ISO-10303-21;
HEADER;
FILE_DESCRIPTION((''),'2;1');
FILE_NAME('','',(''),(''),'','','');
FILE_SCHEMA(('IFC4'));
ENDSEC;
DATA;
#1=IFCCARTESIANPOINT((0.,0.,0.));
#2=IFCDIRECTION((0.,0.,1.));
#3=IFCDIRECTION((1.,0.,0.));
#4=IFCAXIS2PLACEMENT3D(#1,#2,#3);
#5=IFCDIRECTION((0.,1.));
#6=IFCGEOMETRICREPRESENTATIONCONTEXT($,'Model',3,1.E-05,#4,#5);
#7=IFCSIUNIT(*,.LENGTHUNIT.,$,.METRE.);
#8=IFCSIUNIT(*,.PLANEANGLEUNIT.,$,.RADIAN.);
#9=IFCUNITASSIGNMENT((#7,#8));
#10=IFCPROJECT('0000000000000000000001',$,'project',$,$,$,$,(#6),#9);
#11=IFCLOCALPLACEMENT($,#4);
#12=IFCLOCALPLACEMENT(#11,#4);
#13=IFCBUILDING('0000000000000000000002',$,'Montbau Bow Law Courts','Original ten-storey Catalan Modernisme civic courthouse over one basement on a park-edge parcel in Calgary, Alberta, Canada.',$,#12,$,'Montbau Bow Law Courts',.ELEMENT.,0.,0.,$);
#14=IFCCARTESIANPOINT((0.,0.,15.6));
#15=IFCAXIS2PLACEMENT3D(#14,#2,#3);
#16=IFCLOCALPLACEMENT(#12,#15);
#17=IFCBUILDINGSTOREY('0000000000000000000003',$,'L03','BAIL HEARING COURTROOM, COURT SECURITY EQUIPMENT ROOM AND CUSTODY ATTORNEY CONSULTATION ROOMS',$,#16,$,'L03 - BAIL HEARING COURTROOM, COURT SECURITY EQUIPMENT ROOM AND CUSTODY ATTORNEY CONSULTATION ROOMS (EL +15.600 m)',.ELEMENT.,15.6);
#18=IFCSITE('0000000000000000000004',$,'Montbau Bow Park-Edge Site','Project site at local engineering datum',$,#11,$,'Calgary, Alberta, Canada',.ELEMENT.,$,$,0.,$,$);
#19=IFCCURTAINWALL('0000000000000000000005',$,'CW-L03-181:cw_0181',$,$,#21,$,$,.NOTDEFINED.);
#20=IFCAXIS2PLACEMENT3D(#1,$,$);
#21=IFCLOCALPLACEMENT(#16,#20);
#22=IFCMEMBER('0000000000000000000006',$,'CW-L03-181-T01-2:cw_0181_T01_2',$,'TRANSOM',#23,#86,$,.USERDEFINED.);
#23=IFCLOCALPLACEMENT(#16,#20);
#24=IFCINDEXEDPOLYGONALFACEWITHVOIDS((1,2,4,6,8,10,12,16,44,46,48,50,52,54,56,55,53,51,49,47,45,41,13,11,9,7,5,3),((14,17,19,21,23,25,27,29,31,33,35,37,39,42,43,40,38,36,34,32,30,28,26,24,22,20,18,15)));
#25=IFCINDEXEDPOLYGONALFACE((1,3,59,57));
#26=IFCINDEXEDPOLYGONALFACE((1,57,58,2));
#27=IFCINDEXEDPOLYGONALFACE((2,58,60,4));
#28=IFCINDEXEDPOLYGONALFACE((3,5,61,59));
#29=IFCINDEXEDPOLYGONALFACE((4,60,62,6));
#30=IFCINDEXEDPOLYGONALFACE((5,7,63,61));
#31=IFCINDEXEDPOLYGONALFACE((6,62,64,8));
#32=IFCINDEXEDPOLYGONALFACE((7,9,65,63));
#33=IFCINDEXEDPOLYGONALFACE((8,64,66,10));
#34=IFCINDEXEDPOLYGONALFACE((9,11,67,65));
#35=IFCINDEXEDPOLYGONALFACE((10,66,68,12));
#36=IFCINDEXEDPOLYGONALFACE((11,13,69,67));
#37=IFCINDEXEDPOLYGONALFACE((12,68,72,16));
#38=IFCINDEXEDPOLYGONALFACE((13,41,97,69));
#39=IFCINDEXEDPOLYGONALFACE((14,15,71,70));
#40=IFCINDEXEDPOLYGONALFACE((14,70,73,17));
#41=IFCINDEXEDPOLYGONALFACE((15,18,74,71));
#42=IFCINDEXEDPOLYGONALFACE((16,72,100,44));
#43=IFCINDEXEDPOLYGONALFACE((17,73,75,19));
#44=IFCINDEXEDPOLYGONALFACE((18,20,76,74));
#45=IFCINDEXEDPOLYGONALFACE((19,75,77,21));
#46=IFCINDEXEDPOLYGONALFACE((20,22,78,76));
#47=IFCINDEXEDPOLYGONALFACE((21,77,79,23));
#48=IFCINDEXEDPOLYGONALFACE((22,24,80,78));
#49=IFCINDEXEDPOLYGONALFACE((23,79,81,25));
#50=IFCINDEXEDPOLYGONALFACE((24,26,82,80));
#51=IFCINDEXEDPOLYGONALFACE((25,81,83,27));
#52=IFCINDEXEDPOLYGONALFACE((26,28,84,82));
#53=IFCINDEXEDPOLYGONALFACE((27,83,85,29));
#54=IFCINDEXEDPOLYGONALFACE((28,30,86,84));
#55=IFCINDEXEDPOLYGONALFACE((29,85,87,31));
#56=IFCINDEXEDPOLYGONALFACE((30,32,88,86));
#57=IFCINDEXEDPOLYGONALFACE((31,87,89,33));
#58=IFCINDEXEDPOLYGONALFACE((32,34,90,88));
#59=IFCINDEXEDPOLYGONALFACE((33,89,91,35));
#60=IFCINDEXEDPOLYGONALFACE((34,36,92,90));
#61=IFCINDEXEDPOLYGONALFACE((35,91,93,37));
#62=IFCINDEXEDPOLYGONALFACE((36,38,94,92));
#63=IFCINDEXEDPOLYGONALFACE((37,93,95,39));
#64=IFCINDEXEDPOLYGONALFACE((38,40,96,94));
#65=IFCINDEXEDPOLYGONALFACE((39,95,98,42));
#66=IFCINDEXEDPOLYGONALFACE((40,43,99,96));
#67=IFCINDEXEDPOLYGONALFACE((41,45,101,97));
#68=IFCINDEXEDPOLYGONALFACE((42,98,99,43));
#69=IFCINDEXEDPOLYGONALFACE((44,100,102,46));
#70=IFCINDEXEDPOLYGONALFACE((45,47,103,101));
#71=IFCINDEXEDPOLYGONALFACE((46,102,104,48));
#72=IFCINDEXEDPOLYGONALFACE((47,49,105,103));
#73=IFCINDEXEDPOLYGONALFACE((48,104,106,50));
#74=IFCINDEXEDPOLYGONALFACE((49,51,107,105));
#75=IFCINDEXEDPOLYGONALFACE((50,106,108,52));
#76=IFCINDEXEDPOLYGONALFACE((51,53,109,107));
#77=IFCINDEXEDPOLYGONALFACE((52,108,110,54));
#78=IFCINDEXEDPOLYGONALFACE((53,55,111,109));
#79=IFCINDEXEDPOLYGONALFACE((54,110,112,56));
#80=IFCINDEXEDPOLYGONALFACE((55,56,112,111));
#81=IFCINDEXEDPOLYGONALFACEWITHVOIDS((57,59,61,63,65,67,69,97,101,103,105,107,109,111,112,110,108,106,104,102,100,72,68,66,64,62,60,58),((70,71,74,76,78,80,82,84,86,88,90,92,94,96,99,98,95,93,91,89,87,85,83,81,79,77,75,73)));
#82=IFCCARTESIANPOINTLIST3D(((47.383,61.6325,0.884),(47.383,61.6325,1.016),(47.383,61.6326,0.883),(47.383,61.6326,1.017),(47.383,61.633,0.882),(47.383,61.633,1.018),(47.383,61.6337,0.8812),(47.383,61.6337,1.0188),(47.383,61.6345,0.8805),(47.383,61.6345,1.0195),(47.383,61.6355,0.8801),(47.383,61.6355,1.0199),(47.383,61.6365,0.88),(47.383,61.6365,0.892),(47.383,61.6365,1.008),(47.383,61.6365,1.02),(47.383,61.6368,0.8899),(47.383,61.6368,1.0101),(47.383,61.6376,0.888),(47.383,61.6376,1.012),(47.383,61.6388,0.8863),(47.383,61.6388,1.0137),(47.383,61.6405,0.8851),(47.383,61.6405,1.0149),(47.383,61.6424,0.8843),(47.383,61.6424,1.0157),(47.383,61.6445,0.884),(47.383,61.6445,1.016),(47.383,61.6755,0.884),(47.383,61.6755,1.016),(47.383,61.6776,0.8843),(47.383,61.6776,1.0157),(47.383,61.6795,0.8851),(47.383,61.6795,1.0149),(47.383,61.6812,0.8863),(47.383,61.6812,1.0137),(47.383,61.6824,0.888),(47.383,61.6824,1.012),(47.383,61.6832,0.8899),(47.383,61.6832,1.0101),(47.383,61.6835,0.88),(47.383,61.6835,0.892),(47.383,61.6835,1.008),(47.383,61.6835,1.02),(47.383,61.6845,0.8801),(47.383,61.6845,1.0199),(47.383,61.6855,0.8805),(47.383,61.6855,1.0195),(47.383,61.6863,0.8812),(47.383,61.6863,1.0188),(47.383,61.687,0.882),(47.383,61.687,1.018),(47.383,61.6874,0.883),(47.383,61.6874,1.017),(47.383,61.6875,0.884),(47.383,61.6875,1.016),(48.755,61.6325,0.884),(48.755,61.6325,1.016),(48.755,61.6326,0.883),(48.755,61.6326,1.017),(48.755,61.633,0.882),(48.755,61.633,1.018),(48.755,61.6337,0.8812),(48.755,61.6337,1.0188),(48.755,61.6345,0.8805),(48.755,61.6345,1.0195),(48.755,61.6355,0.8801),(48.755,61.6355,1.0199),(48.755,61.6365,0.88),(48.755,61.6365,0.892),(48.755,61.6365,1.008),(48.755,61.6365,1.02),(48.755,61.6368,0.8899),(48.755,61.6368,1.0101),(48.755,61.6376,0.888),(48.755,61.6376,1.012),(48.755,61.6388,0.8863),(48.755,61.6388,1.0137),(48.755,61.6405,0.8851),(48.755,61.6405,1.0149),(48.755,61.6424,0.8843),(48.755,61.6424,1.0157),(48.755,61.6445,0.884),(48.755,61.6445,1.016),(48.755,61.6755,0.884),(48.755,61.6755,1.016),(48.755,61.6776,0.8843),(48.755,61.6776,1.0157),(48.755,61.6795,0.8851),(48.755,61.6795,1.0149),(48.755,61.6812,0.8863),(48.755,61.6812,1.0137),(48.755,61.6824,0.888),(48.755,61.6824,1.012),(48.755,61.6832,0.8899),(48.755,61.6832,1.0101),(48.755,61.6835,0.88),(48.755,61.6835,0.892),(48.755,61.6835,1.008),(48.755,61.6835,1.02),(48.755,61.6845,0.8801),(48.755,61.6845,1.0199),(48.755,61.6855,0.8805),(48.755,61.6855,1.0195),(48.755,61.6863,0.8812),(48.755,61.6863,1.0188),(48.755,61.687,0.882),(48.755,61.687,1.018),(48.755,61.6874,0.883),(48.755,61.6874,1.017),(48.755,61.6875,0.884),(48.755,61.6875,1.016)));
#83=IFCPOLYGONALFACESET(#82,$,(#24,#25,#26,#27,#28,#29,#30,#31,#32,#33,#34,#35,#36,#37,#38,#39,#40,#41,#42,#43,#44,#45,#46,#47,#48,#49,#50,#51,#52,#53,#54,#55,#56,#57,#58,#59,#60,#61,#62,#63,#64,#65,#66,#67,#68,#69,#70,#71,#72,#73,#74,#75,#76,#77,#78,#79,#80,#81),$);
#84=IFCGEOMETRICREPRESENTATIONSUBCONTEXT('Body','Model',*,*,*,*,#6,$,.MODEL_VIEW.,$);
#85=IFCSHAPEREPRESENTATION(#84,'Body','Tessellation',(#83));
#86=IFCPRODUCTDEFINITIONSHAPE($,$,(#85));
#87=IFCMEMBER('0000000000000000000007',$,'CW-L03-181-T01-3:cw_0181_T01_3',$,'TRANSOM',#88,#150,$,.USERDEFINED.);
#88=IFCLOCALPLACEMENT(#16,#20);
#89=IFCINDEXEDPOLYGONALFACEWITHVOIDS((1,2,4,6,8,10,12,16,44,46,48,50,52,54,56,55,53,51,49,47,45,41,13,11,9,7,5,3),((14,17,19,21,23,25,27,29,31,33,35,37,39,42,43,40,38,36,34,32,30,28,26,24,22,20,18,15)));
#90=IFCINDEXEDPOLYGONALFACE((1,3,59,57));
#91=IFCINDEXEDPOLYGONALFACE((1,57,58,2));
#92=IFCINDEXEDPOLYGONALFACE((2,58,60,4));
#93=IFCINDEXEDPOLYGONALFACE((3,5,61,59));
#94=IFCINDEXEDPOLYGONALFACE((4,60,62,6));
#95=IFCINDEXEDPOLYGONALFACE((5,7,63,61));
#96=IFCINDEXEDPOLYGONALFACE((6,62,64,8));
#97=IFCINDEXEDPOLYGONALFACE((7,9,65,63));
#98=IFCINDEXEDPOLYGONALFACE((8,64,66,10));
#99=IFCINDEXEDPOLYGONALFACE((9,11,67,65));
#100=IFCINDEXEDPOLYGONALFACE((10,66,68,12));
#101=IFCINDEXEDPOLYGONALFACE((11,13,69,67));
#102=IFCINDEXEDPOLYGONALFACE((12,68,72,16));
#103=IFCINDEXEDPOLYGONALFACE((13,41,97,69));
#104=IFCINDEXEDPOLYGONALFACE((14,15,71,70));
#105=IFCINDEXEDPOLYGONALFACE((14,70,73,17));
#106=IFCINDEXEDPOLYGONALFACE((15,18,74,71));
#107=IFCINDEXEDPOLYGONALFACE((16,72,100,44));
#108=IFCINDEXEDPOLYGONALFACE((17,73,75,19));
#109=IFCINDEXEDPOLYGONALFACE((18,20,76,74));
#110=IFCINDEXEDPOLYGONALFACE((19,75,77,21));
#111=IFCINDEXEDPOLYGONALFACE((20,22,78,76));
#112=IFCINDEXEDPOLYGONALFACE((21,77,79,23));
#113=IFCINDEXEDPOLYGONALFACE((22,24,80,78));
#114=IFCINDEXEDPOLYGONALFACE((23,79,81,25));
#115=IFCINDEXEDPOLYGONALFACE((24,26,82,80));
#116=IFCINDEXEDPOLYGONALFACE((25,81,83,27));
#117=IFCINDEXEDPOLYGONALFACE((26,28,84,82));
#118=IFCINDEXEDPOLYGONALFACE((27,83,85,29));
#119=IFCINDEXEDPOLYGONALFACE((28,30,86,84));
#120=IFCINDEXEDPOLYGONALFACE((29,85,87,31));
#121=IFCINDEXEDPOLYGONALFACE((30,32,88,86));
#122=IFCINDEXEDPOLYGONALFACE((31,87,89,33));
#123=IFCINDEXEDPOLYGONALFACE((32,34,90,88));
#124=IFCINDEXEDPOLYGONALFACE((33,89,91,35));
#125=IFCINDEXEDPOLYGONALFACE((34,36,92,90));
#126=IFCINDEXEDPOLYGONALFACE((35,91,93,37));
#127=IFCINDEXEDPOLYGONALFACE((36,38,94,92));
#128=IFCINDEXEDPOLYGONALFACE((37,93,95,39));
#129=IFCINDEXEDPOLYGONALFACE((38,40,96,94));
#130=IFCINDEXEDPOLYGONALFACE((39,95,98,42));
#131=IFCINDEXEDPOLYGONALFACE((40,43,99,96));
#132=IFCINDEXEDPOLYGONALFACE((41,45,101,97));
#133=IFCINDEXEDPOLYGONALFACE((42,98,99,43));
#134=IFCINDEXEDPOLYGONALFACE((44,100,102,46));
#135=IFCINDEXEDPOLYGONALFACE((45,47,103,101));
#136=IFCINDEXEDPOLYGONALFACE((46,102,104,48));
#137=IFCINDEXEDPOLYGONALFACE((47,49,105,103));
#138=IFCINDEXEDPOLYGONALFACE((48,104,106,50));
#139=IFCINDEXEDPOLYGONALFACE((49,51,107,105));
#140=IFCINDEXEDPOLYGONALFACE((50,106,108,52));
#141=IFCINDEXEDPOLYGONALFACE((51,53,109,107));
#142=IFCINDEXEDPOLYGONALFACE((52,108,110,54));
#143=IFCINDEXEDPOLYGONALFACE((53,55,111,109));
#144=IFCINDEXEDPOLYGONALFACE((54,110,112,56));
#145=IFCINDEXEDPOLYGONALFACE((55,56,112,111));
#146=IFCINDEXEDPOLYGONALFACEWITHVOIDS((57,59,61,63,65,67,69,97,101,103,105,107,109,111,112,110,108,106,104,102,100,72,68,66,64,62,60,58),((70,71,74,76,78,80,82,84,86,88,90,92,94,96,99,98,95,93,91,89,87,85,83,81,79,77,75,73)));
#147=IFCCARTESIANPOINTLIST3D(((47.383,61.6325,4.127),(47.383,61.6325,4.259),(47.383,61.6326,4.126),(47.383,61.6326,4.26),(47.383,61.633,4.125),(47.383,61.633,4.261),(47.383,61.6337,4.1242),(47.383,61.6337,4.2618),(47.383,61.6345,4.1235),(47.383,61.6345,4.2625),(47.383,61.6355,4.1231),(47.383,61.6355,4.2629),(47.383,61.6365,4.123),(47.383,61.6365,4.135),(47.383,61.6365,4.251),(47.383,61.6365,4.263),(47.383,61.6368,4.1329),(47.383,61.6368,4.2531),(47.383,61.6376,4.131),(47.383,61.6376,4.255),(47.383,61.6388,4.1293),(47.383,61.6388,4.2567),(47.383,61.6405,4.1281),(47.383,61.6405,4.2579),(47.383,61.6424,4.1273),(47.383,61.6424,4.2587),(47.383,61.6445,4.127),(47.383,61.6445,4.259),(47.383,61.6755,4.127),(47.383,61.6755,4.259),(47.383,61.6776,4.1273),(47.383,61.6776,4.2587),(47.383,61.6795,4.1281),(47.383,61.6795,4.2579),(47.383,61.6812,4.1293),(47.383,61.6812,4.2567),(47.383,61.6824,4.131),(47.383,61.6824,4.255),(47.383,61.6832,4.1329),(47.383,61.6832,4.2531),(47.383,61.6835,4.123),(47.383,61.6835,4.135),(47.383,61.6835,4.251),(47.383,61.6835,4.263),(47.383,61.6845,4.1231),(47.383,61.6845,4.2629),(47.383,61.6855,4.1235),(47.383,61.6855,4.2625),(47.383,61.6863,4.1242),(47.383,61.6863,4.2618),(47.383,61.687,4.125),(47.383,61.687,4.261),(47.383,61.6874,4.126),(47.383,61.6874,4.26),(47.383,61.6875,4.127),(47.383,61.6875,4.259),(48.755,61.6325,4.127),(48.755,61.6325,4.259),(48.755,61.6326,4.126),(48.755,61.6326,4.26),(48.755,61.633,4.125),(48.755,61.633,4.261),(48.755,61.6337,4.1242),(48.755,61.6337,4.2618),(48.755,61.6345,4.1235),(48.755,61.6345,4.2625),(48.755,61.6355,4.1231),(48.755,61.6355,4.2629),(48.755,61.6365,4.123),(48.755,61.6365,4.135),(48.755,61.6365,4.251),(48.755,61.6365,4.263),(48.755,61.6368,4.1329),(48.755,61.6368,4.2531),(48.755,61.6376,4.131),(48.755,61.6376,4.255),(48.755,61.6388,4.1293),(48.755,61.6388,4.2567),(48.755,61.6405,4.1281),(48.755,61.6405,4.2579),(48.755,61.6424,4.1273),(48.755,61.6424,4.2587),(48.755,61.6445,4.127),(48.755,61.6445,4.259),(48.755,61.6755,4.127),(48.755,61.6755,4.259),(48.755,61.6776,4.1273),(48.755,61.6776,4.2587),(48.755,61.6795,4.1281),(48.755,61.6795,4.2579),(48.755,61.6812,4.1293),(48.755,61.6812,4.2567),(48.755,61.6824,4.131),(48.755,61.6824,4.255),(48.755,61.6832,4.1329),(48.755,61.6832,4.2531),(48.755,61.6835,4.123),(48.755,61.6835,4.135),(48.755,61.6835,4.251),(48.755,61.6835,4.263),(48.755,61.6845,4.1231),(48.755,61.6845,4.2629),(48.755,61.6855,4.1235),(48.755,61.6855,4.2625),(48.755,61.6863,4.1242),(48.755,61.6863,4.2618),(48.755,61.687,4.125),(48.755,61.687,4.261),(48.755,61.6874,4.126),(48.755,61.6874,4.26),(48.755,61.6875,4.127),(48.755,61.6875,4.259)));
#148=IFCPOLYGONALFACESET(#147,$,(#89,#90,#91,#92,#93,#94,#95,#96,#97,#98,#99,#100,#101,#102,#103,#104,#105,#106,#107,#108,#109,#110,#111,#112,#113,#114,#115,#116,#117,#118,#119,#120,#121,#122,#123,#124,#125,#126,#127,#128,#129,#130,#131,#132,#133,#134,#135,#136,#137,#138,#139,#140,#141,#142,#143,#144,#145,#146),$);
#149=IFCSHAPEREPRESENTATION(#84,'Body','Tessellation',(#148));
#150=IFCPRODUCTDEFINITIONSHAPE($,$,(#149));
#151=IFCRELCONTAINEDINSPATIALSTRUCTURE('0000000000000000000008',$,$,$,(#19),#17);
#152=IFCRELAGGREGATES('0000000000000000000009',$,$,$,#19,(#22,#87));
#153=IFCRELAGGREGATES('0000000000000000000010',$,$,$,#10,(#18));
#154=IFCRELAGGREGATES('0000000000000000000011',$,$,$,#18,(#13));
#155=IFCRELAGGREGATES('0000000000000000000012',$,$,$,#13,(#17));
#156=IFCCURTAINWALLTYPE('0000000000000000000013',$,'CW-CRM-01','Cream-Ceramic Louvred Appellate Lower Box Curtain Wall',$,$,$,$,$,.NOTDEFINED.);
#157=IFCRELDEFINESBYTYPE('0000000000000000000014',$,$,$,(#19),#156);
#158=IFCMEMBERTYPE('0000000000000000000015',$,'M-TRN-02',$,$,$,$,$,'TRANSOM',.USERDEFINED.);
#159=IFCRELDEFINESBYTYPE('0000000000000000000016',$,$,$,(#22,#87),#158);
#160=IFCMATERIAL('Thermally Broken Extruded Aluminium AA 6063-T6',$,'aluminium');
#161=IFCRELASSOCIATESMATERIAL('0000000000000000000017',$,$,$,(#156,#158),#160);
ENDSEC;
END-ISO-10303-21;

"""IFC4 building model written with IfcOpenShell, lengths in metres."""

from ifc_helpers import new_model, si_unit, direction, frame, origin_with_axes, origin_2d_with_axis, place, context, subcontext, project, spatial, hollow_rectangle, extrude, material, material_profile, profile_set, type_object, element, aggregate, save


model = new_model("IFC4")

# Units and contexts
model_context = context("Model", 3, precision=1e-05, world=origin_with_axes(), true_north=direction((0.0, 1.0)))
body_context = subcontext(model_context, "Body", "Model", "MODEL_VIEW")
ifc_project = project(units=[si_unit("LENGTHUNIT", "METRE"), si_unit("PLANEANGLEUNIT", "RADIAN")], contexts=[model_context])

# Site, building, storey
site_placement = place(None, origin_with_axes())
site = spatial("IfcSite", under=ifc_project, at=site_placement, Name="Montbau Bow Park-Edge Site", Description="Project site at local engineering datum", LongName="Calgary, Alberta, Canada", CompositionType="ELEMENT", RefElevation=0.0)
building_placement = place(site_placement, origin_with_axes())
building = spatial("IfcBuilding", under=site, at=building_placement, Name="Montbau Bow Law Courts", Description="Original ten-storey Catalan Modernisme civic courthouse over one basement on a park-edge parcel in Calgary, Alberta, Canada.", LongName="Montbau Bow Law Courts", CompositionType="ELEMENT", ElevationOfRefHeight=0.0, ElevationOfTerrain=0.0)
storey_placement = place(building_placement, frame((0.0, 0.0, 15.6), z_axis=(0.0, 0.0, 1.0), x_axis=(1.0, 0.0, 0.0)))
storey = spatial("IfcBuildingStorey", under=building, at=storey_placement, Name="L03", Description="BAIL HEARING COURTROOM, COURT SECURITY EQUIPMENT ROOM AND CUSTODY ATTORNEY CONSULTATION ROOMS", LongName="L03 - BAIL HEARING COURTROOM, COURT SECURITY EQUIPMENT ROOM AND CUSTODY ATTORNEY CONSULTATION ROOMS (EL +15.600 m)", CompositionType="ELEMENT", Elevation=15.6)

# Curtain wall, members
ifc_material_1 = material(Name="Thermally Broken Extruded Aluminium AA 6063-T6", Category="aluminium")
curtain_wall_type = type_object("IfcCurtainWallType", Name="CW-CRM-01", Description="Cream-Ceramic Louvred Appellate Lower Box Curtain Wall", PredefinedType="NOTDEFINED", material=ifc_material_1)
curtain_wall_1_placement = place(None, frame((47.315, 61.66, 15.6), z_axis=(0.0, 0.0, 1.0), x_axis=(1.0, 0.0, 0.0)))
curtain_wall_1 = element("IfcCurtainWall", 1, at=curtain_wall_1_placement, inside=storey, type_object=curtain_wall_type, Name="CW-L03-181:cw_0181", PredefinedType="NOTDEFINED")
ifc_material_profile_1 = material_profile(ifc_material_1, hollow_rectangle(XDim=0.055, YDim=0.14, WallThickness=0.004, InnerFilletRadius=0.008, OuterFilletRadius=0.004, at=origin_2d_with_axis()), Name="CWT-140X55", Category="Main", Priority=0)
ifc_profile_set_1 = profile_set([ifc_material_profile_1], Name="Thermally Broken Extruded Aluminium AA 6063-T6")
member_type_1 = type_object("IfcMemberType", Name="M-TRN-02", ElementType="TRANSOM", PredefinedType="USERDEFINED", material=ifc_profile_set_1)
member_1_placement = place(None, frame((47.383, 61.66, 16.55), z_axis=(1.0, 0.0, 0.0), x_axis=(0.0, 1.0, 0.0)))
member_1 = element("IfcMember", 2, at=member_1_placement, type_object=member_type_1, Name="CW-L03-181-T01-2:cw_0181_T01_2", ObjectType="TRANSOM", PredefinedType="USERDEFINED", context=body_context, shape_type="SweptSolid", body=[
    extrude(hollow_rectangle(XDim=0.055, YDim=0.14, WallThickness=0.004, InnerFilletRadius=0.008, OuterFilletRadius=0.004, at=origin_2d_with_axis()), origin_with_axes(), (0.0, 0.0, 1.0), 1.372),
])
member_2_placement = place(None, frame((47.383, 61.66, 19.793), z_axis=(1.0, 0.0, 0.0), x_axis=(0.0, 1.0, 0.0)))
member_2 = element("IfcMember", 3, at=member_2_placement, type_object=member_type_1, Name="CW-L03-181-T01-3:cw_0181_T01_3", ObjectType="TRANSOM", PredefinedType="USERDEFINED", context=body_context, shape_type="SweptSolid", body=[
    extrude(hollow_rectangle(XDim=0.055, YDim=0.14, WallThickness=0.004, InnerFilletRadius=0.008, OuterFilletRadius=0.004, at=origin_2d_with_axis()), origin_with_axes(), (0.0, 0.0, 1.0), 1.372),
])

aggregate(curtain_wall_1, [member_1, member_2])

save(model, "model.ifc")
